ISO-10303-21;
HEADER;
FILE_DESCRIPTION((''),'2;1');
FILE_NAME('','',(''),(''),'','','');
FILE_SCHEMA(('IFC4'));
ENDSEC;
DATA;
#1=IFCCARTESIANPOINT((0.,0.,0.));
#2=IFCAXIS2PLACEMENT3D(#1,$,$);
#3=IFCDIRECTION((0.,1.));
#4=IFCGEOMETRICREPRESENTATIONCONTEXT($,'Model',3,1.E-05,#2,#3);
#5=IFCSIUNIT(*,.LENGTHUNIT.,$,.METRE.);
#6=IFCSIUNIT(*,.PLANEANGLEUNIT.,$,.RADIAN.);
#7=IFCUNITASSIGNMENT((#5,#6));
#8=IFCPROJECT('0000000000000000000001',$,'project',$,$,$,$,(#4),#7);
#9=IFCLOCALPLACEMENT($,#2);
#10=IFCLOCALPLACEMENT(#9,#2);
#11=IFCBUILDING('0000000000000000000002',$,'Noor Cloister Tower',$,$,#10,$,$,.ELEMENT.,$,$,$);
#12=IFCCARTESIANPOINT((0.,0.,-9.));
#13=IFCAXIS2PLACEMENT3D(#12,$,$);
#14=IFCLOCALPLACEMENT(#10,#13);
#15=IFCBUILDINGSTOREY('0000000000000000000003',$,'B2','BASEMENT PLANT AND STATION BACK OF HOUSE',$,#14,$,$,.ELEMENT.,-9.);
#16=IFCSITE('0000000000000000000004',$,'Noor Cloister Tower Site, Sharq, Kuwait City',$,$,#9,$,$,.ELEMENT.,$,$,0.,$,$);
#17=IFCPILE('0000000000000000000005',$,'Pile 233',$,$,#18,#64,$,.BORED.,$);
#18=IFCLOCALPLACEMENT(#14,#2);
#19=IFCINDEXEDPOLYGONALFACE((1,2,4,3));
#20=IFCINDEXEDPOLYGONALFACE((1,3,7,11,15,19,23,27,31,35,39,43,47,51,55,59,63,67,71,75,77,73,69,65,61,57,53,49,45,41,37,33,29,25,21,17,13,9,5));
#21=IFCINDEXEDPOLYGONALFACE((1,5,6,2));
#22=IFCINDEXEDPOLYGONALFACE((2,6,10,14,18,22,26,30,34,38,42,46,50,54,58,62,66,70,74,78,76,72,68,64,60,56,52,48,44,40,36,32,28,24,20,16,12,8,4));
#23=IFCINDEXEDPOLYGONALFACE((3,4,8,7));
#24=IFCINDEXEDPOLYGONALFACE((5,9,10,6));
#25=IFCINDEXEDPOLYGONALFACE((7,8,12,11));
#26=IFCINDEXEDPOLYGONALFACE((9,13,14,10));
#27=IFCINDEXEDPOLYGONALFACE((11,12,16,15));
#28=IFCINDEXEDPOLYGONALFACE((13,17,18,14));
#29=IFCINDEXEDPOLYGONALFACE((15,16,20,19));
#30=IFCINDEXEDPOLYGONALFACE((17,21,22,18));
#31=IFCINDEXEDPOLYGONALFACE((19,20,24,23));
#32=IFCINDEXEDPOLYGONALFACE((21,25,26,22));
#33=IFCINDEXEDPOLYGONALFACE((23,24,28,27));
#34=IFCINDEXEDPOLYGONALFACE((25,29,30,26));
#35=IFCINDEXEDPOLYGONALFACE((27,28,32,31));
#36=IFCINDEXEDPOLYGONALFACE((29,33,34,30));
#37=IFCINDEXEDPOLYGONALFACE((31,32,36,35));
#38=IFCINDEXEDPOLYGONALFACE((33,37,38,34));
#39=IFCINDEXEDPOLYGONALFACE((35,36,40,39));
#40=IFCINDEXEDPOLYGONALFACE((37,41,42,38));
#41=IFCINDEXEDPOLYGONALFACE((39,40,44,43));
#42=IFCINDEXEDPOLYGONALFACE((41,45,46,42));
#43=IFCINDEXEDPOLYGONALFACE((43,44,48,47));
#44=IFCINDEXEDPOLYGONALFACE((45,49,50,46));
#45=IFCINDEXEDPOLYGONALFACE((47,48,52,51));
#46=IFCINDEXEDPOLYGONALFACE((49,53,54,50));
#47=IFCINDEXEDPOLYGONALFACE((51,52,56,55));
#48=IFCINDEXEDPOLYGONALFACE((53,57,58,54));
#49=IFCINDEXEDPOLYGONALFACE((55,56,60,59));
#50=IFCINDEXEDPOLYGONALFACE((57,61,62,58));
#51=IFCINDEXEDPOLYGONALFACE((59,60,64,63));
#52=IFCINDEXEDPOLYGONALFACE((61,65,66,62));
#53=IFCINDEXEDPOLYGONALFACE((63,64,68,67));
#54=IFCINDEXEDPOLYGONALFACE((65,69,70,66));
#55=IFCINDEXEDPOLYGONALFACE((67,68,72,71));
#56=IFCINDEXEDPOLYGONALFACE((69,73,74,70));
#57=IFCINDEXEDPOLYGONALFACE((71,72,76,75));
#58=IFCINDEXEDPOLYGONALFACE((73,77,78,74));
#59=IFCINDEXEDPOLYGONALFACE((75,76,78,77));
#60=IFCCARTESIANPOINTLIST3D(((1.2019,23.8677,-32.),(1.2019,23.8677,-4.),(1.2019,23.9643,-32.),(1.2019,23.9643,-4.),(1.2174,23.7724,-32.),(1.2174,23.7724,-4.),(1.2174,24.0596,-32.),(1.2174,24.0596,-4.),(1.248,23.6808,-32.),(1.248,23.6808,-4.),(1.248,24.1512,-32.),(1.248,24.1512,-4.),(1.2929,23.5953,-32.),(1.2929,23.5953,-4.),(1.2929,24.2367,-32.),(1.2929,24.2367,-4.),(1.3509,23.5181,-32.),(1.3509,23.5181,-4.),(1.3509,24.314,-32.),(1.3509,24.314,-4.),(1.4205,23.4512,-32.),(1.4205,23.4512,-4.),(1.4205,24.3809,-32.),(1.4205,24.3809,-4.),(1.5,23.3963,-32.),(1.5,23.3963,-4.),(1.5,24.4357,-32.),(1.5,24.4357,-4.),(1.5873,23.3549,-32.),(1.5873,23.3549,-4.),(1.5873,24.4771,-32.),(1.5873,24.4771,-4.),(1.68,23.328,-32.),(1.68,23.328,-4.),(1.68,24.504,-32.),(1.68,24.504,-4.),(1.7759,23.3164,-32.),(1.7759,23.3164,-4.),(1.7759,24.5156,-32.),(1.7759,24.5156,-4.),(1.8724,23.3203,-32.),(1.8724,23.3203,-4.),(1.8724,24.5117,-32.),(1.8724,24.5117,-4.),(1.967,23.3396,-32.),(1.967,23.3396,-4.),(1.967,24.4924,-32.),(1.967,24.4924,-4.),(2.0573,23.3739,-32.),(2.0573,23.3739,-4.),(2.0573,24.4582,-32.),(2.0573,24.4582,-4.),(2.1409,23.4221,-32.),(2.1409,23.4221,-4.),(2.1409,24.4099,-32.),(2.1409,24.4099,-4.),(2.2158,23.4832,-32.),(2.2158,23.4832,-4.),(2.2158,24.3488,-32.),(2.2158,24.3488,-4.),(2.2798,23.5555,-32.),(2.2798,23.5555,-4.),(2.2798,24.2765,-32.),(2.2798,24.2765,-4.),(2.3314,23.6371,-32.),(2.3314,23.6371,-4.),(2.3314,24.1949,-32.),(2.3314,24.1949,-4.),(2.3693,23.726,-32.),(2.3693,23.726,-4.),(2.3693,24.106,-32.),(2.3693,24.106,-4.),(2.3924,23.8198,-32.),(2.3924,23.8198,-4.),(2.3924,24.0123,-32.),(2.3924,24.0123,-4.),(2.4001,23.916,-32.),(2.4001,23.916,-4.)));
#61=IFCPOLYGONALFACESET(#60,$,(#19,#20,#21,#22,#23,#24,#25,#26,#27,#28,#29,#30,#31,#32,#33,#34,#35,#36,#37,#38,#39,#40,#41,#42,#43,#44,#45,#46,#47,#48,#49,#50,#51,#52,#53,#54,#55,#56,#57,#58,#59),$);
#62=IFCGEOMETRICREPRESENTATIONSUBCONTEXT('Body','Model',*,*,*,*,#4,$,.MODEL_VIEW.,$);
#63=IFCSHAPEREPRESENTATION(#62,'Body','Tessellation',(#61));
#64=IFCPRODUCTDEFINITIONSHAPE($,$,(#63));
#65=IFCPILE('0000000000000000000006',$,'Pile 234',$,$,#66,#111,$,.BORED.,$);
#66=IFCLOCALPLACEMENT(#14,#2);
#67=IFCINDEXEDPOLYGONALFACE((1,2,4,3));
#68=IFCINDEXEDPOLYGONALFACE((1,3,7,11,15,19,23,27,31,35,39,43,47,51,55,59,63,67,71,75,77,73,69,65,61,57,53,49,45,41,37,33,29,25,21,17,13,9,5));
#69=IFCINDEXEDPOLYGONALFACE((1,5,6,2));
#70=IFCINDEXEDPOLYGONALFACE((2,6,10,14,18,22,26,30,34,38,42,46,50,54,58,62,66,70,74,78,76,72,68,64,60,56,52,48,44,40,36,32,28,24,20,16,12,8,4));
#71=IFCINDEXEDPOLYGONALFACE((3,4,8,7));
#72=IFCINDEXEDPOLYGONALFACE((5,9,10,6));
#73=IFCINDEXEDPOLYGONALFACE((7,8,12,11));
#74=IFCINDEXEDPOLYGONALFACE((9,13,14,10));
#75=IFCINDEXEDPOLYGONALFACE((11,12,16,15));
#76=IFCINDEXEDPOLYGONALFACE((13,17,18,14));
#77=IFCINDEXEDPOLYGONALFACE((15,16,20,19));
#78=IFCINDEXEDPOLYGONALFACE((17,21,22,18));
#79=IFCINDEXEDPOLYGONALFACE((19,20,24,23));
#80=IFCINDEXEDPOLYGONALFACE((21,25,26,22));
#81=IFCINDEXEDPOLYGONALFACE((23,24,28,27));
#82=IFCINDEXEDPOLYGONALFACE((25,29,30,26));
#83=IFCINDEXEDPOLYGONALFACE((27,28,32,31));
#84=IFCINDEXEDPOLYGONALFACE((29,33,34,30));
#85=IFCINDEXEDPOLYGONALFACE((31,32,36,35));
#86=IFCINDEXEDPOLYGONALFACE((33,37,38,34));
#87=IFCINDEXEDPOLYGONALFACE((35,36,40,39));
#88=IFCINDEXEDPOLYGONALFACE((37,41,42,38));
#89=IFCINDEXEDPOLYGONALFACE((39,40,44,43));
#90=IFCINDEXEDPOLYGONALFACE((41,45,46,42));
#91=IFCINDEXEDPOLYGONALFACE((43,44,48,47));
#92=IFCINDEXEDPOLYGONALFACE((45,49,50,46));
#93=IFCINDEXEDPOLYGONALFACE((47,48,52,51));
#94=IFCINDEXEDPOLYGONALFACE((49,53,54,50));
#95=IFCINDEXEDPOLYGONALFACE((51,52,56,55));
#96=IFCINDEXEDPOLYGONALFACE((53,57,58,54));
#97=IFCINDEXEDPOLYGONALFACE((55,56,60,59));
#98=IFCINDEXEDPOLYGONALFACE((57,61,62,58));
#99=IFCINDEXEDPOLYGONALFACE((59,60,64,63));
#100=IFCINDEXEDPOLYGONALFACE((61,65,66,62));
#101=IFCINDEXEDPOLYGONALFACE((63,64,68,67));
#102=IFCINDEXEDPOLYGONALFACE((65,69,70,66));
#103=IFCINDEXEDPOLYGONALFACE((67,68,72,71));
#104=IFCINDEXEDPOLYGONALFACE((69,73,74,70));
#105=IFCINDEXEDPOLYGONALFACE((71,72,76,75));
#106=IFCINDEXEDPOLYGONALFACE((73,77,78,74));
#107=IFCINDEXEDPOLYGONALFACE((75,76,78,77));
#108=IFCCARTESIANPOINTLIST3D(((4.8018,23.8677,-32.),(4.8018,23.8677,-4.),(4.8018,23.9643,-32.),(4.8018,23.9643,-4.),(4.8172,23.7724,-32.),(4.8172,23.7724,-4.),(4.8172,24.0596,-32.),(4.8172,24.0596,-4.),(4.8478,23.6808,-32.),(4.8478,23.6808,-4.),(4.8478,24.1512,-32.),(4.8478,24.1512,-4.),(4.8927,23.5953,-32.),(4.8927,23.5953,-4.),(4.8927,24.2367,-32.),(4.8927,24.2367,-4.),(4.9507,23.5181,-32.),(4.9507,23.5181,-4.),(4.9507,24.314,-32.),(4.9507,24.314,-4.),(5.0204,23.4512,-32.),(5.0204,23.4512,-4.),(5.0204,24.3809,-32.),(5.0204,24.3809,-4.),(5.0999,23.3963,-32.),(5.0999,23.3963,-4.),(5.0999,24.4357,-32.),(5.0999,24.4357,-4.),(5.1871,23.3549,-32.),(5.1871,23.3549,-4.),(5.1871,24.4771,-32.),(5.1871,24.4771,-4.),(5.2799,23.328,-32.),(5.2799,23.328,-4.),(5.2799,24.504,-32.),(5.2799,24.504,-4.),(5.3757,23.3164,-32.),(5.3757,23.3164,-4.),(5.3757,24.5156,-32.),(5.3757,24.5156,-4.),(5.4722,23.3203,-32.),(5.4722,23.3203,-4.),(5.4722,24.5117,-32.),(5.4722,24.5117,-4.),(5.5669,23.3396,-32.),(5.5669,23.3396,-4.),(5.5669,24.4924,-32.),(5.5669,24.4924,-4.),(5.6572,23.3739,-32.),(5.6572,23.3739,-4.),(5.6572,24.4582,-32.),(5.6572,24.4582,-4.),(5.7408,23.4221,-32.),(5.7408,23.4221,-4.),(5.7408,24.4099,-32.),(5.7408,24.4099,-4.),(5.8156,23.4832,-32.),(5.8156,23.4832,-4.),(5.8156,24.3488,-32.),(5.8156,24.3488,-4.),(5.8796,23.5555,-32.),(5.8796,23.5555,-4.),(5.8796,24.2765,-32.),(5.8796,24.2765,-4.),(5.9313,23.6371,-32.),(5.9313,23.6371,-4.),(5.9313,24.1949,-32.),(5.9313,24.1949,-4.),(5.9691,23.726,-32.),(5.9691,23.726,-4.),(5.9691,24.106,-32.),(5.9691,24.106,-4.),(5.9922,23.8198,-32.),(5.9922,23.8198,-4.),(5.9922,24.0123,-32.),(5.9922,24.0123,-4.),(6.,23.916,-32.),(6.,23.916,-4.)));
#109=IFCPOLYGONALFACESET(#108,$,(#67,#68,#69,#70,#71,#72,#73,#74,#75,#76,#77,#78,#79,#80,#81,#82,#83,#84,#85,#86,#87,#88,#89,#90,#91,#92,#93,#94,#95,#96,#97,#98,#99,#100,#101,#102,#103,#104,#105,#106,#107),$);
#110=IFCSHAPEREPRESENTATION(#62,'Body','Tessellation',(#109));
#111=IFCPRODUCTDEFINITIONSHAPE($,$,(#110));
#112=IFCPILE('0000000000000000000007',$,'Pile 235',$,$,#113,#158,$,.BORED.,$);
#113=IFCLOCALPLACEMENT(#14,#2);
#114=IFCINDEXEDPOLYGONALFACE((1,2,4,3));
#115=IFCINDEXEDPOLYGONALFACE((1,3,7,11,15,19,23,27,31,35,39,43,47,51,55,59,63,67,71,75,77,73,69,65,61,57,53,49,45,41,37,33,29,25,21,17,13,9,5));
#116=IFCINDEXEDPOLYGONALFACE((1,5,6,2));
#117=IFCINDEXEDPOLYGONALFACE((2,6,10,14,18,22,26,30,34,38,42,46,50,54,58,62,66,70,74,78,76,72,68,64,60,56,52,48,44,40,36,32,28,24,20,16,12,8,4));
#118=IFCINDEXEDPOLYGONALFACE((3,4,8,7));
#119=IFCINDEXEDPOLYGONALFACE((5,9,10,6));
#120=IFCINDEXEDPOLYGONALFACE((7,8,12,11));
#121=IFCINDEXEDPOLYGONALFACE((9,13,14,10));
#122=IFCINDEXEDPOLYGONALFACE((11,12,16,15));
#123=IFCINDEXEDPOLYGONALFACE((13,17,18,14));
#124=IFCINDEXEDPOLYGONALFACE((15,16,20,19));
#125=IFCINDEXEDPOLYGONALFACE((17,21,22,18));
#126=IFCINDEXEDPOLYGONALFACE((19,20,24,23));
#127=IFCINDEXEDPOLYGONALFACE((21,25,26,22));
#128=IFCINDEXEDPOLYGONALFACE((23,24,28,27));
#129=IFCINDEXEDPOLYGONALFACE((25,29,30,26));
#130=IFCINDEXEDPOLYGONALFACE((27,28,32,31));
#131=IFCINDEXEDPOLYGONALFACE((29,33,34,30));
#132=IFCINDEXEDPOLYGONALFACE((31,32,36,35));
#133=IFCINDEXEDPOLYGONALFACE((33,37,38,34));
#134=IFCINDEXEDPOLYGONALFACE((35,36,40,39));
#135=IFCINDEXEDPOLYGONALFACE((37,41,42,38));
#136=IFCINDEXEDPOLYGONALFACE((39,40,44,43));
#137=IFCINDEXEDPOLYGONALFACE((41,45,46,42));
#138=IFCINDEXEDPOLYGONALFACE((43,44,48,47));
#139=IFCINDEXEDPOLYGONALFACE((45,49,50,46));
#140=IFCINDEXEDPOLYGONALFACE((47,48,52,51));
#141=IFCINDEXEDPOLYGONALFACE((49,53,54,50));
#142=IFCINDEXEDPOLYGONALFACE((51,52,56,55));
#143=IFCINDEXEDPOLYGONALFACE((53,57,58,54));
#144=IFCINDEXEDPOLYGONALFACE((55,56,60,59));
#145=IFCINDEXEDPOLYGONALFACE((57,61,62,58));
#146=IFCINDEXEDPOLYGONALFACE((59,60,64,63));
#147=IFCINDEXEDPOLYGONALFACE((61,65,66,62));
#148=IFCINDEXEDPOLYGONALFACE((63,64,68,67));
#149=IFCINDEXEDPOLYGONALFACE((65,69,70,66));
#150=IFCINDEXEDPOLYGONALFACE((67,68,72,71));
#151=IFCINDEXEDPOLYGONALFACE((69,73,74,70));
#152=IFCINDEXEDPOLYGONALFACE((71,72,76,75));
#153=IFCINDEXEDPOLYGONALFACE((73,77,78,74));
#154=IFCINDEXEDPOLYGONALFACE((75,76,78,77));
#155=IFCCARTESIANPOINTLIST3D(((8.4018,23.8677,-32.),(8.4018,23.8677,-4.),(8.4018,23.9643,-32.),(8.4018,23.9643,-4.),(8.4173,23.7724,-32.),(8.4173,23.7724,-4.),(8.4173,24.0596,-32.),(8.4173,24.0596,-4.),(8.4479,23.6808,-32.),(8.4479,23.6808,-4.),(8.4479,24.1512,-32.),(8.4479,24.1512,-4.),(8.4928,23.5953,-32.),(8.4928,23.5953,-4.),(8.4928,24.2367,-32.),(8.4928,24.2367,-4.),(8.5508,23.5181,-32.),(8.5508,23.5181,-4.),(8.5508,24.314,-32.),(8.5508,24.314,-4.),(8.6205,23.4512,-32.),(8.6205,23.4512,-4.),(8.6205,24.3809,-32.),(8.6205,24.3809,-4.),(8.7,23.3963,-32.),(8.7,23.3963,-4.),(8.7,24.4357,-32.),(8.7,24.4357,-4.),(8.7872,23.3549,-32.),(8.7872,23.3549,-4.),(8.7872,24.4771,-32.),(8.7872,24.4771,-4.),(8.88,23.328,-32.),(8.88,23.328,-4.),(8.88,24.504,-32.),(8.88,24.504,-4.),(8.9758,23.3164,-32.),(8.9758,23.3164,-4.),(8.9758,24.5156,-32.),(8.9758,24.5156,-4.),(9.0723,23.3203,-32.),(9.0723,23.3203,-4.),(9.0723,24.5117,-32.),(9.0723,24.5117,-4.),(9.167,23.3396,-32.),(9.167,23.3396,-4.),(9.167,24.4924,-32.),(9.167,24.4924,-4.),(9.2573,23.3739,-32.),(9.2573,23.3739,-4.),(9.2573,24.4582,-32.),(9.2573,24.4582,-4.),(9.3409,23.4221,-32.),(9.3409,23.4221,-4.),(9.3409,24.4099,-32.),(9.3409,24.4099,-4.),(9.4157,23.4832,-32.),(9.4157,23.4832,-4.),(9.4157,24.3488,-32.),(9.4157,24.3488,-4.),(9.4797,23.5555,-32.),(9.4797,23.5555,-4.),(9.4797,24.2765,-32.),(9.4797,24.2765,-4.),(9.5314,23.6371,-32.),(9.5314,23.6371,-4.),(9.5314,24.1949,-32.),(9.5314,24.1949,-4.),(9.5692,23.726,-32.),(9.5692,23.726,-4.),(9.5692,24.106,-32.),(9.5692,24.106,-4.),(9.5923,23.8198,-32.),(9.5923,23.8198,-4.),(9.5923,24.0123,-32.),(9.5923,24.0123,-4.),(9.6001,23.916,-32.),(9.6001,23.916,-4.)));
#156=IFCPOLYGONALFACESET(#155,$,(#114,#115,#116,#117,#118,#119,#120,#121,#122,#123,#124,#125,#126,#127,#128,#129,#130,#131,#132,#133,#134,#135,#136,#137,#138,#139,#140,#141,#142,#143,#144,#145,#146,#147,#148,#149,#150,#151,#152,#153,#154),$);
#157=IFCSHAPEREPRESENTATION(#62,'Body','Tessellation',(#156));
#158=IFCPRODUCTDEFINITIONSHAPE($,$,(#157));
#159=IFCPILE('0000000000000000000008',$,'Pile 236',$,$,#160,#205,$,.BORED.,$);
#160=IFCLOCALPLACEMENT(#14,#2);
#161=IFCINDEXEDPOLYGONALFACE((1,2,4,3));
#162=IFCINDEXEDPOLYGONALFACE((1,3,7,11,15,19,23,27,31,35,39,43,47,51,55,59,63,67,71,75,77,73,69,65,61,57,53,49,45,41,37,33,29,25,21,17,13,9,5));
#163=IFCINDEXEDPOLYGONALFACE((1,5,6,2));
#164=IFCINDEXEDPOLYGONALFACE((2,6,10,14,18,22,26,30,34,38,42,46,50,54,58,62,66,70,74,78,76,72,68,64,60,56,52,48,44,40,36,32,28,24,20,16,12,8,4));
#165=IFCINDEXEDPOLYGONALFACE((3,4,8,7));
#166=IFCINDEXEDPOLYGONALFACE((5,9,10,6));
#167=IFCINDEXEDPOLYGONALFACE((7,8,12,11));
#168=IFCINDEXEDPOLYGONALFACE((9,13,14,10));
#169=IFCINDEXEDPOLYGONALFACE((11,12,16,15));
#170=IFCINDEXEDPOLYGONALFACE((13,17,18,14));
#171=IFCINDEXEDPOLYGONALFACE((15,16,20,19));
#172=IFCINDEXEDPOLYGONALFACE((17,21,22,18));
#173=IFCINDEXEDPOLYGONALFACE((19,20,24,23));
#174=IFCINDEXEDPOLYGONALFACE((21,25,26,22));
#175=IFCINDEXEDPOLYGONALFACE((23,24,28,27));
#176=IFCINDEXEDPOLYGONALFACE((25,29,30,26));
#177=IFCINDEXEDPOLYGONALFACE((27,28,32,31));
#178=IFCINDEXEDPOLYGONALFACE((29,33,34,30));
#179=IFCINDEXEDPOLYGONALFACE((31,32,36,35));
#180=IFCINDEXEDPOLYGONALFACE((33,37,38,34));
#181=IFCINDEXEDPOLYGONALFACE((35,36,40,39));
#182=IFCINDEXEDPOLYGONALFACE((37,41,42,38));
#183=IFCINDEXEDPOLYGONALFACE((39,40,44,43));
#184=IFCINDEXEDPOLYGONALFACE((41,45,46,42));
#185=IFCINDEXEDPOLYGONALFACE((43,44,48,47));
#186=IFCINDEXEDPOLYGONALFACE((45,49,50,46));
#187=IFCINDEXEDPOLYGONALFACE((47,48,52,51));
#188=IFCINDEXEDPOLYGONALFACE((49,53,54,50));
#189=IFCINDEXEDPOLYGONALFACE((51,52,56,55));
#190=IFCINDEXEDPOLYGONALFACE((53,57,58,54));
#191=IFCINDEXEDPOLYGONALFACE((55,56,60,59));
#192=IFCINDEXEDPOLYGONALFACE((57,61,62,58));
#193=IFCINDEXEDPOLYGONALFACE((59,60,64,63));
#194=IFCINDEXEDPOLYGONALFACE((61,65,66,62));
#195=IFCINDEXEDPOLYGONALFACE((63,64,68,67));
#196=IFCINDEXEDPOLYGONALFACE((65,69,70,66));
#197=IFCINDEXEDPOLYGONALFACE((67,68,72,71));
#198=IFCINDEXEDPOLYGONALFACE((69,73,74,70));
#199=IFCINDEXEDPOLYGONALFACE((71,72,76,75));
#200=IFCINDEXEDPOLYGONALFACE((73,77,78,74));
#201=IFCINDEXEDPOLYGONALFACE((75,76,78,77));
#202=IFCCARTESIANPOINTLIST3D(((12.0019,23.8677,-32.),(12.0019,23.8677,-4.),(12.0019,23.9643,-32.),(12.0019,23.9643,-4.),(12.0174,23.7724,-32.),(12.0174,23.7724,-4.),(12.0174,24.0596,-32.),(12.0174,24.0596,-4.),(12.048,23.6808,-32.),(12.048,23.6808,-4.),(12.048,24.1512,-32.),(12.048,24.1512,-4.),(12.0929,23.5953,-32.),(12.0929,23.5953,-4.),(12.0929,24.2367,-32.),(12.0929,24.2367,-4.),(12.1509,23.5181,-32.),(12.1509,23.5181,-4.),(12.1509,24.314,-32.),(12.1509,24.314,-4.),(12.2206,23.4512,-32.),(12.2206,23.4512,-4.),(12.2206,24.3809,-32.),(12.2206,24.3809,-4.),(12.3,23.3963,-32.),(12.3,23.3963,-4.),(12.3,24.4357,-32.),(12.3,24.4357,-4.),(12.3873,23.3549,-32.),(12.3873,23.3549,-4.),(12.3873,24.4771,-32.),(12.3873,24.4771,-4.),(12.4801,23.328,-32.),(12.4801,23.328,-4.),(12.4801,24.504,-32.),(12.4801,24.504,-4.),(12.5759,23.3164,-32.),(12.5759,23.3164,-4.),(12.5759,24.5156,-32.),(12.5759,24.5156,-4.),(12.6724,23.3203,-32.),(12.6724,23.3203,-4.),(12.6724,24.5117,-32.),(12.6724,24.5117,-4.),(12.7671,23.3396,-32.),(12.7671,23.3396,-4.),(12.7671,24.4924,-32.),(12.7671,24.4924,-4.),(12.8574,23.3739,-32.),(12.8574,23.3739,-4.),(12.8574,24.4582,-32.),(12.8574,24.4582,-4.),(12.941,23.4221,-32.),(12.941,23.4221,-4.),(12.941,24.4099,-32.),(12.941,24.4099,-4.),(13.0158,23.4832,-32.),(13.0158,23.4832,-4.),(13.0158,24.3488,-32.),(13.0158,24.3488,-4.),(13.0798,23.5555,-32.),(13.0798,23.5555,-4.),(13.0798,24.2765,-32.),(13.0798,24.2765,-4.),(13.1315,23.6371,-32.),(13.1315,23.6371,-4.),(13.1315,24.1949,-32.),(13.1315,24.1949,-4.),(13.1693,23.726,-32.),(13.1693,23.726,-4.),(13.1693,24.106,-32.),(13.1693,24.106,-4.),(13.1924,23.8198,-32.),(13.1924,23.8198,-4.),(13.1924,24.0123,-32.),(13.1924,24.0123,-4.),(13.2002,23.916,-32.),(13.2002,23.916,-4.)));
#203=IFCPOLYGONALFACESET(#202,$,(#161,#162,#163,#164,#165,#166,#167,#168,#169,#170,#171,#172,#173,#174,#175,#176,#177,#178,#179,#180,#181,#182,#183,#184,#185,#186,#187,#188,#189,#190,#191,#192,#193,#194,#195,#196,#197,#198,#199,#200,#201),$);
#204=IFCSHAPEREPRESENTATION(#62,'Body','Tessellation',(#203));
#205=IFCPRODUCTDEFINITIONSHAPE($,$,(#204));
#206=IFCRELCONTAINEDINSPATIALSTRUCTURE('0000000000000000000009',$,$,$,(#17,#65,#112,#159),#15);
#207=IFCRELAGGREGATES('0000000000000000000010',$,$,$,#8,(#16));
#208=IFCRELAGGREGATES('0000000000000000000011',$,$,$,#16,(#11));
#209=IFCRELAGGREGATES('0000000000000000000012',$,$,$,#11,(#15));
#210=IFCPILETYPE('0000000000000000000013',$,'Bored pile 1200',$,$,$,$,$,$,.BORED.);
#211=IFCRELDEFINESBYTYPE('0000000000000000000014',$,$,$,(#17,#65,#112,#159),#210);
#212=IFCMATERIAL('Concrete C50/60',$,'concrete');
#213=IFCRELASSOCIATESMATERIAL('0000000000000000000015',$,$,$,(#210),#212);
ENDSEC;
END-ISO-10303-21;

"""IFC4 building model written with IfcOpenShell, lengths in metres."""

from ifc_helpers import new_model, si_unit, direction, frame, origin, origin_2d, place, context, subcontext, project, spatial, circle, extrude, material, material_profile, profile_set, type_object, element, save


model = new_model("IFC4")

# Units and contexts
model_context = context("Model", 3, precision=1e-05, world=origin(), true_north=direction((0.0, 1.0)))
body_context = subcontext(model_context, "Body", "Model", "MODEL_VIEW")
ifc_project = project(units=[si_unit("LENGTHUNIT", "METRE"), si_unit("PLANEANGLEUNIT", "RADIAN")], contexts=[model_context])

# Site, building, storey
site_placement = place(None, origin())
site = spatial("IfcSite", under=ifc_project, at=site_placement, Name="Noor Cloister Tower Site, Sharq, Kuwait City", CompositionType="ELEMENT", RefElevation=0.0)
building_placement = place(site_placement, origin())
building = spatial("IfcBuilding", under=site, at=building_placement, Name="Noor Cloister Tower", CompositionType="ELEMENT")
storey_placement = place(building_placement, frame((0.0, 0.0, -9.0)))
storey = spatial("IfcBuildingStorey", under=building, at=storey_placement, Name="B2", Description="BASEMENT PLANT AND STATION BACK OF HOUSE", CompositionType="ELEMENT", Elevation=-9.0)

# Piles
ifc_material_1 = material(Name="Concrete C50/60", Category="concrete")
ifc_material_profile_1 = material_profile(ifc_material_1, circle(Radius=0.6001, at=origin_2d()), Name="Bored pile 1200")
ifc_profile_set_1 = profile_set([ifc_material_profile_1], Name="Concrete C50/60")
pile_type = type_object("IfcPileType", Name="Bored pile 1200", PredefinedType="BORED", material=ifc_profile_set_1)
for number, where, z_axis, x_axis, name in (
    (1, (1.8, 23.916, -4.0), (0.0, 0.0, -1.0), (1.0, 0.0, 0.0), "Pile 233"),
    (2, (5.3999, 23.916, -4.0), (0.0, 0.0, -1.0), (1.0, 0.0, 0.0), "Pile 234"),
    (3, (9.0, 23.916, -4.0), (0.0, 0.0, -1.0), (1.0, 0.0, 0.0), "Pile 235"),
    (4, (12.6001, 23.916, -4.0), (0.0, 0.0, -1.0), (1.0, 0.0, 0.0), "Pile 236"),
):
    element("IfcPile", number, at=place(storey_placement, frame(where, z_axis=z_axis, x_axis=x_axis)), inside=storey, type_object=pile_type, Name=name, PredefinedType="BORED", context=body_context, shape_type="SweptSolid", body=[
        extrude(circle(Radius=0.6001, at=origin_2d()), origin(), (0.0, 0.0, 1.0), 28.0),
    ])

save(model, "model.ifc")
